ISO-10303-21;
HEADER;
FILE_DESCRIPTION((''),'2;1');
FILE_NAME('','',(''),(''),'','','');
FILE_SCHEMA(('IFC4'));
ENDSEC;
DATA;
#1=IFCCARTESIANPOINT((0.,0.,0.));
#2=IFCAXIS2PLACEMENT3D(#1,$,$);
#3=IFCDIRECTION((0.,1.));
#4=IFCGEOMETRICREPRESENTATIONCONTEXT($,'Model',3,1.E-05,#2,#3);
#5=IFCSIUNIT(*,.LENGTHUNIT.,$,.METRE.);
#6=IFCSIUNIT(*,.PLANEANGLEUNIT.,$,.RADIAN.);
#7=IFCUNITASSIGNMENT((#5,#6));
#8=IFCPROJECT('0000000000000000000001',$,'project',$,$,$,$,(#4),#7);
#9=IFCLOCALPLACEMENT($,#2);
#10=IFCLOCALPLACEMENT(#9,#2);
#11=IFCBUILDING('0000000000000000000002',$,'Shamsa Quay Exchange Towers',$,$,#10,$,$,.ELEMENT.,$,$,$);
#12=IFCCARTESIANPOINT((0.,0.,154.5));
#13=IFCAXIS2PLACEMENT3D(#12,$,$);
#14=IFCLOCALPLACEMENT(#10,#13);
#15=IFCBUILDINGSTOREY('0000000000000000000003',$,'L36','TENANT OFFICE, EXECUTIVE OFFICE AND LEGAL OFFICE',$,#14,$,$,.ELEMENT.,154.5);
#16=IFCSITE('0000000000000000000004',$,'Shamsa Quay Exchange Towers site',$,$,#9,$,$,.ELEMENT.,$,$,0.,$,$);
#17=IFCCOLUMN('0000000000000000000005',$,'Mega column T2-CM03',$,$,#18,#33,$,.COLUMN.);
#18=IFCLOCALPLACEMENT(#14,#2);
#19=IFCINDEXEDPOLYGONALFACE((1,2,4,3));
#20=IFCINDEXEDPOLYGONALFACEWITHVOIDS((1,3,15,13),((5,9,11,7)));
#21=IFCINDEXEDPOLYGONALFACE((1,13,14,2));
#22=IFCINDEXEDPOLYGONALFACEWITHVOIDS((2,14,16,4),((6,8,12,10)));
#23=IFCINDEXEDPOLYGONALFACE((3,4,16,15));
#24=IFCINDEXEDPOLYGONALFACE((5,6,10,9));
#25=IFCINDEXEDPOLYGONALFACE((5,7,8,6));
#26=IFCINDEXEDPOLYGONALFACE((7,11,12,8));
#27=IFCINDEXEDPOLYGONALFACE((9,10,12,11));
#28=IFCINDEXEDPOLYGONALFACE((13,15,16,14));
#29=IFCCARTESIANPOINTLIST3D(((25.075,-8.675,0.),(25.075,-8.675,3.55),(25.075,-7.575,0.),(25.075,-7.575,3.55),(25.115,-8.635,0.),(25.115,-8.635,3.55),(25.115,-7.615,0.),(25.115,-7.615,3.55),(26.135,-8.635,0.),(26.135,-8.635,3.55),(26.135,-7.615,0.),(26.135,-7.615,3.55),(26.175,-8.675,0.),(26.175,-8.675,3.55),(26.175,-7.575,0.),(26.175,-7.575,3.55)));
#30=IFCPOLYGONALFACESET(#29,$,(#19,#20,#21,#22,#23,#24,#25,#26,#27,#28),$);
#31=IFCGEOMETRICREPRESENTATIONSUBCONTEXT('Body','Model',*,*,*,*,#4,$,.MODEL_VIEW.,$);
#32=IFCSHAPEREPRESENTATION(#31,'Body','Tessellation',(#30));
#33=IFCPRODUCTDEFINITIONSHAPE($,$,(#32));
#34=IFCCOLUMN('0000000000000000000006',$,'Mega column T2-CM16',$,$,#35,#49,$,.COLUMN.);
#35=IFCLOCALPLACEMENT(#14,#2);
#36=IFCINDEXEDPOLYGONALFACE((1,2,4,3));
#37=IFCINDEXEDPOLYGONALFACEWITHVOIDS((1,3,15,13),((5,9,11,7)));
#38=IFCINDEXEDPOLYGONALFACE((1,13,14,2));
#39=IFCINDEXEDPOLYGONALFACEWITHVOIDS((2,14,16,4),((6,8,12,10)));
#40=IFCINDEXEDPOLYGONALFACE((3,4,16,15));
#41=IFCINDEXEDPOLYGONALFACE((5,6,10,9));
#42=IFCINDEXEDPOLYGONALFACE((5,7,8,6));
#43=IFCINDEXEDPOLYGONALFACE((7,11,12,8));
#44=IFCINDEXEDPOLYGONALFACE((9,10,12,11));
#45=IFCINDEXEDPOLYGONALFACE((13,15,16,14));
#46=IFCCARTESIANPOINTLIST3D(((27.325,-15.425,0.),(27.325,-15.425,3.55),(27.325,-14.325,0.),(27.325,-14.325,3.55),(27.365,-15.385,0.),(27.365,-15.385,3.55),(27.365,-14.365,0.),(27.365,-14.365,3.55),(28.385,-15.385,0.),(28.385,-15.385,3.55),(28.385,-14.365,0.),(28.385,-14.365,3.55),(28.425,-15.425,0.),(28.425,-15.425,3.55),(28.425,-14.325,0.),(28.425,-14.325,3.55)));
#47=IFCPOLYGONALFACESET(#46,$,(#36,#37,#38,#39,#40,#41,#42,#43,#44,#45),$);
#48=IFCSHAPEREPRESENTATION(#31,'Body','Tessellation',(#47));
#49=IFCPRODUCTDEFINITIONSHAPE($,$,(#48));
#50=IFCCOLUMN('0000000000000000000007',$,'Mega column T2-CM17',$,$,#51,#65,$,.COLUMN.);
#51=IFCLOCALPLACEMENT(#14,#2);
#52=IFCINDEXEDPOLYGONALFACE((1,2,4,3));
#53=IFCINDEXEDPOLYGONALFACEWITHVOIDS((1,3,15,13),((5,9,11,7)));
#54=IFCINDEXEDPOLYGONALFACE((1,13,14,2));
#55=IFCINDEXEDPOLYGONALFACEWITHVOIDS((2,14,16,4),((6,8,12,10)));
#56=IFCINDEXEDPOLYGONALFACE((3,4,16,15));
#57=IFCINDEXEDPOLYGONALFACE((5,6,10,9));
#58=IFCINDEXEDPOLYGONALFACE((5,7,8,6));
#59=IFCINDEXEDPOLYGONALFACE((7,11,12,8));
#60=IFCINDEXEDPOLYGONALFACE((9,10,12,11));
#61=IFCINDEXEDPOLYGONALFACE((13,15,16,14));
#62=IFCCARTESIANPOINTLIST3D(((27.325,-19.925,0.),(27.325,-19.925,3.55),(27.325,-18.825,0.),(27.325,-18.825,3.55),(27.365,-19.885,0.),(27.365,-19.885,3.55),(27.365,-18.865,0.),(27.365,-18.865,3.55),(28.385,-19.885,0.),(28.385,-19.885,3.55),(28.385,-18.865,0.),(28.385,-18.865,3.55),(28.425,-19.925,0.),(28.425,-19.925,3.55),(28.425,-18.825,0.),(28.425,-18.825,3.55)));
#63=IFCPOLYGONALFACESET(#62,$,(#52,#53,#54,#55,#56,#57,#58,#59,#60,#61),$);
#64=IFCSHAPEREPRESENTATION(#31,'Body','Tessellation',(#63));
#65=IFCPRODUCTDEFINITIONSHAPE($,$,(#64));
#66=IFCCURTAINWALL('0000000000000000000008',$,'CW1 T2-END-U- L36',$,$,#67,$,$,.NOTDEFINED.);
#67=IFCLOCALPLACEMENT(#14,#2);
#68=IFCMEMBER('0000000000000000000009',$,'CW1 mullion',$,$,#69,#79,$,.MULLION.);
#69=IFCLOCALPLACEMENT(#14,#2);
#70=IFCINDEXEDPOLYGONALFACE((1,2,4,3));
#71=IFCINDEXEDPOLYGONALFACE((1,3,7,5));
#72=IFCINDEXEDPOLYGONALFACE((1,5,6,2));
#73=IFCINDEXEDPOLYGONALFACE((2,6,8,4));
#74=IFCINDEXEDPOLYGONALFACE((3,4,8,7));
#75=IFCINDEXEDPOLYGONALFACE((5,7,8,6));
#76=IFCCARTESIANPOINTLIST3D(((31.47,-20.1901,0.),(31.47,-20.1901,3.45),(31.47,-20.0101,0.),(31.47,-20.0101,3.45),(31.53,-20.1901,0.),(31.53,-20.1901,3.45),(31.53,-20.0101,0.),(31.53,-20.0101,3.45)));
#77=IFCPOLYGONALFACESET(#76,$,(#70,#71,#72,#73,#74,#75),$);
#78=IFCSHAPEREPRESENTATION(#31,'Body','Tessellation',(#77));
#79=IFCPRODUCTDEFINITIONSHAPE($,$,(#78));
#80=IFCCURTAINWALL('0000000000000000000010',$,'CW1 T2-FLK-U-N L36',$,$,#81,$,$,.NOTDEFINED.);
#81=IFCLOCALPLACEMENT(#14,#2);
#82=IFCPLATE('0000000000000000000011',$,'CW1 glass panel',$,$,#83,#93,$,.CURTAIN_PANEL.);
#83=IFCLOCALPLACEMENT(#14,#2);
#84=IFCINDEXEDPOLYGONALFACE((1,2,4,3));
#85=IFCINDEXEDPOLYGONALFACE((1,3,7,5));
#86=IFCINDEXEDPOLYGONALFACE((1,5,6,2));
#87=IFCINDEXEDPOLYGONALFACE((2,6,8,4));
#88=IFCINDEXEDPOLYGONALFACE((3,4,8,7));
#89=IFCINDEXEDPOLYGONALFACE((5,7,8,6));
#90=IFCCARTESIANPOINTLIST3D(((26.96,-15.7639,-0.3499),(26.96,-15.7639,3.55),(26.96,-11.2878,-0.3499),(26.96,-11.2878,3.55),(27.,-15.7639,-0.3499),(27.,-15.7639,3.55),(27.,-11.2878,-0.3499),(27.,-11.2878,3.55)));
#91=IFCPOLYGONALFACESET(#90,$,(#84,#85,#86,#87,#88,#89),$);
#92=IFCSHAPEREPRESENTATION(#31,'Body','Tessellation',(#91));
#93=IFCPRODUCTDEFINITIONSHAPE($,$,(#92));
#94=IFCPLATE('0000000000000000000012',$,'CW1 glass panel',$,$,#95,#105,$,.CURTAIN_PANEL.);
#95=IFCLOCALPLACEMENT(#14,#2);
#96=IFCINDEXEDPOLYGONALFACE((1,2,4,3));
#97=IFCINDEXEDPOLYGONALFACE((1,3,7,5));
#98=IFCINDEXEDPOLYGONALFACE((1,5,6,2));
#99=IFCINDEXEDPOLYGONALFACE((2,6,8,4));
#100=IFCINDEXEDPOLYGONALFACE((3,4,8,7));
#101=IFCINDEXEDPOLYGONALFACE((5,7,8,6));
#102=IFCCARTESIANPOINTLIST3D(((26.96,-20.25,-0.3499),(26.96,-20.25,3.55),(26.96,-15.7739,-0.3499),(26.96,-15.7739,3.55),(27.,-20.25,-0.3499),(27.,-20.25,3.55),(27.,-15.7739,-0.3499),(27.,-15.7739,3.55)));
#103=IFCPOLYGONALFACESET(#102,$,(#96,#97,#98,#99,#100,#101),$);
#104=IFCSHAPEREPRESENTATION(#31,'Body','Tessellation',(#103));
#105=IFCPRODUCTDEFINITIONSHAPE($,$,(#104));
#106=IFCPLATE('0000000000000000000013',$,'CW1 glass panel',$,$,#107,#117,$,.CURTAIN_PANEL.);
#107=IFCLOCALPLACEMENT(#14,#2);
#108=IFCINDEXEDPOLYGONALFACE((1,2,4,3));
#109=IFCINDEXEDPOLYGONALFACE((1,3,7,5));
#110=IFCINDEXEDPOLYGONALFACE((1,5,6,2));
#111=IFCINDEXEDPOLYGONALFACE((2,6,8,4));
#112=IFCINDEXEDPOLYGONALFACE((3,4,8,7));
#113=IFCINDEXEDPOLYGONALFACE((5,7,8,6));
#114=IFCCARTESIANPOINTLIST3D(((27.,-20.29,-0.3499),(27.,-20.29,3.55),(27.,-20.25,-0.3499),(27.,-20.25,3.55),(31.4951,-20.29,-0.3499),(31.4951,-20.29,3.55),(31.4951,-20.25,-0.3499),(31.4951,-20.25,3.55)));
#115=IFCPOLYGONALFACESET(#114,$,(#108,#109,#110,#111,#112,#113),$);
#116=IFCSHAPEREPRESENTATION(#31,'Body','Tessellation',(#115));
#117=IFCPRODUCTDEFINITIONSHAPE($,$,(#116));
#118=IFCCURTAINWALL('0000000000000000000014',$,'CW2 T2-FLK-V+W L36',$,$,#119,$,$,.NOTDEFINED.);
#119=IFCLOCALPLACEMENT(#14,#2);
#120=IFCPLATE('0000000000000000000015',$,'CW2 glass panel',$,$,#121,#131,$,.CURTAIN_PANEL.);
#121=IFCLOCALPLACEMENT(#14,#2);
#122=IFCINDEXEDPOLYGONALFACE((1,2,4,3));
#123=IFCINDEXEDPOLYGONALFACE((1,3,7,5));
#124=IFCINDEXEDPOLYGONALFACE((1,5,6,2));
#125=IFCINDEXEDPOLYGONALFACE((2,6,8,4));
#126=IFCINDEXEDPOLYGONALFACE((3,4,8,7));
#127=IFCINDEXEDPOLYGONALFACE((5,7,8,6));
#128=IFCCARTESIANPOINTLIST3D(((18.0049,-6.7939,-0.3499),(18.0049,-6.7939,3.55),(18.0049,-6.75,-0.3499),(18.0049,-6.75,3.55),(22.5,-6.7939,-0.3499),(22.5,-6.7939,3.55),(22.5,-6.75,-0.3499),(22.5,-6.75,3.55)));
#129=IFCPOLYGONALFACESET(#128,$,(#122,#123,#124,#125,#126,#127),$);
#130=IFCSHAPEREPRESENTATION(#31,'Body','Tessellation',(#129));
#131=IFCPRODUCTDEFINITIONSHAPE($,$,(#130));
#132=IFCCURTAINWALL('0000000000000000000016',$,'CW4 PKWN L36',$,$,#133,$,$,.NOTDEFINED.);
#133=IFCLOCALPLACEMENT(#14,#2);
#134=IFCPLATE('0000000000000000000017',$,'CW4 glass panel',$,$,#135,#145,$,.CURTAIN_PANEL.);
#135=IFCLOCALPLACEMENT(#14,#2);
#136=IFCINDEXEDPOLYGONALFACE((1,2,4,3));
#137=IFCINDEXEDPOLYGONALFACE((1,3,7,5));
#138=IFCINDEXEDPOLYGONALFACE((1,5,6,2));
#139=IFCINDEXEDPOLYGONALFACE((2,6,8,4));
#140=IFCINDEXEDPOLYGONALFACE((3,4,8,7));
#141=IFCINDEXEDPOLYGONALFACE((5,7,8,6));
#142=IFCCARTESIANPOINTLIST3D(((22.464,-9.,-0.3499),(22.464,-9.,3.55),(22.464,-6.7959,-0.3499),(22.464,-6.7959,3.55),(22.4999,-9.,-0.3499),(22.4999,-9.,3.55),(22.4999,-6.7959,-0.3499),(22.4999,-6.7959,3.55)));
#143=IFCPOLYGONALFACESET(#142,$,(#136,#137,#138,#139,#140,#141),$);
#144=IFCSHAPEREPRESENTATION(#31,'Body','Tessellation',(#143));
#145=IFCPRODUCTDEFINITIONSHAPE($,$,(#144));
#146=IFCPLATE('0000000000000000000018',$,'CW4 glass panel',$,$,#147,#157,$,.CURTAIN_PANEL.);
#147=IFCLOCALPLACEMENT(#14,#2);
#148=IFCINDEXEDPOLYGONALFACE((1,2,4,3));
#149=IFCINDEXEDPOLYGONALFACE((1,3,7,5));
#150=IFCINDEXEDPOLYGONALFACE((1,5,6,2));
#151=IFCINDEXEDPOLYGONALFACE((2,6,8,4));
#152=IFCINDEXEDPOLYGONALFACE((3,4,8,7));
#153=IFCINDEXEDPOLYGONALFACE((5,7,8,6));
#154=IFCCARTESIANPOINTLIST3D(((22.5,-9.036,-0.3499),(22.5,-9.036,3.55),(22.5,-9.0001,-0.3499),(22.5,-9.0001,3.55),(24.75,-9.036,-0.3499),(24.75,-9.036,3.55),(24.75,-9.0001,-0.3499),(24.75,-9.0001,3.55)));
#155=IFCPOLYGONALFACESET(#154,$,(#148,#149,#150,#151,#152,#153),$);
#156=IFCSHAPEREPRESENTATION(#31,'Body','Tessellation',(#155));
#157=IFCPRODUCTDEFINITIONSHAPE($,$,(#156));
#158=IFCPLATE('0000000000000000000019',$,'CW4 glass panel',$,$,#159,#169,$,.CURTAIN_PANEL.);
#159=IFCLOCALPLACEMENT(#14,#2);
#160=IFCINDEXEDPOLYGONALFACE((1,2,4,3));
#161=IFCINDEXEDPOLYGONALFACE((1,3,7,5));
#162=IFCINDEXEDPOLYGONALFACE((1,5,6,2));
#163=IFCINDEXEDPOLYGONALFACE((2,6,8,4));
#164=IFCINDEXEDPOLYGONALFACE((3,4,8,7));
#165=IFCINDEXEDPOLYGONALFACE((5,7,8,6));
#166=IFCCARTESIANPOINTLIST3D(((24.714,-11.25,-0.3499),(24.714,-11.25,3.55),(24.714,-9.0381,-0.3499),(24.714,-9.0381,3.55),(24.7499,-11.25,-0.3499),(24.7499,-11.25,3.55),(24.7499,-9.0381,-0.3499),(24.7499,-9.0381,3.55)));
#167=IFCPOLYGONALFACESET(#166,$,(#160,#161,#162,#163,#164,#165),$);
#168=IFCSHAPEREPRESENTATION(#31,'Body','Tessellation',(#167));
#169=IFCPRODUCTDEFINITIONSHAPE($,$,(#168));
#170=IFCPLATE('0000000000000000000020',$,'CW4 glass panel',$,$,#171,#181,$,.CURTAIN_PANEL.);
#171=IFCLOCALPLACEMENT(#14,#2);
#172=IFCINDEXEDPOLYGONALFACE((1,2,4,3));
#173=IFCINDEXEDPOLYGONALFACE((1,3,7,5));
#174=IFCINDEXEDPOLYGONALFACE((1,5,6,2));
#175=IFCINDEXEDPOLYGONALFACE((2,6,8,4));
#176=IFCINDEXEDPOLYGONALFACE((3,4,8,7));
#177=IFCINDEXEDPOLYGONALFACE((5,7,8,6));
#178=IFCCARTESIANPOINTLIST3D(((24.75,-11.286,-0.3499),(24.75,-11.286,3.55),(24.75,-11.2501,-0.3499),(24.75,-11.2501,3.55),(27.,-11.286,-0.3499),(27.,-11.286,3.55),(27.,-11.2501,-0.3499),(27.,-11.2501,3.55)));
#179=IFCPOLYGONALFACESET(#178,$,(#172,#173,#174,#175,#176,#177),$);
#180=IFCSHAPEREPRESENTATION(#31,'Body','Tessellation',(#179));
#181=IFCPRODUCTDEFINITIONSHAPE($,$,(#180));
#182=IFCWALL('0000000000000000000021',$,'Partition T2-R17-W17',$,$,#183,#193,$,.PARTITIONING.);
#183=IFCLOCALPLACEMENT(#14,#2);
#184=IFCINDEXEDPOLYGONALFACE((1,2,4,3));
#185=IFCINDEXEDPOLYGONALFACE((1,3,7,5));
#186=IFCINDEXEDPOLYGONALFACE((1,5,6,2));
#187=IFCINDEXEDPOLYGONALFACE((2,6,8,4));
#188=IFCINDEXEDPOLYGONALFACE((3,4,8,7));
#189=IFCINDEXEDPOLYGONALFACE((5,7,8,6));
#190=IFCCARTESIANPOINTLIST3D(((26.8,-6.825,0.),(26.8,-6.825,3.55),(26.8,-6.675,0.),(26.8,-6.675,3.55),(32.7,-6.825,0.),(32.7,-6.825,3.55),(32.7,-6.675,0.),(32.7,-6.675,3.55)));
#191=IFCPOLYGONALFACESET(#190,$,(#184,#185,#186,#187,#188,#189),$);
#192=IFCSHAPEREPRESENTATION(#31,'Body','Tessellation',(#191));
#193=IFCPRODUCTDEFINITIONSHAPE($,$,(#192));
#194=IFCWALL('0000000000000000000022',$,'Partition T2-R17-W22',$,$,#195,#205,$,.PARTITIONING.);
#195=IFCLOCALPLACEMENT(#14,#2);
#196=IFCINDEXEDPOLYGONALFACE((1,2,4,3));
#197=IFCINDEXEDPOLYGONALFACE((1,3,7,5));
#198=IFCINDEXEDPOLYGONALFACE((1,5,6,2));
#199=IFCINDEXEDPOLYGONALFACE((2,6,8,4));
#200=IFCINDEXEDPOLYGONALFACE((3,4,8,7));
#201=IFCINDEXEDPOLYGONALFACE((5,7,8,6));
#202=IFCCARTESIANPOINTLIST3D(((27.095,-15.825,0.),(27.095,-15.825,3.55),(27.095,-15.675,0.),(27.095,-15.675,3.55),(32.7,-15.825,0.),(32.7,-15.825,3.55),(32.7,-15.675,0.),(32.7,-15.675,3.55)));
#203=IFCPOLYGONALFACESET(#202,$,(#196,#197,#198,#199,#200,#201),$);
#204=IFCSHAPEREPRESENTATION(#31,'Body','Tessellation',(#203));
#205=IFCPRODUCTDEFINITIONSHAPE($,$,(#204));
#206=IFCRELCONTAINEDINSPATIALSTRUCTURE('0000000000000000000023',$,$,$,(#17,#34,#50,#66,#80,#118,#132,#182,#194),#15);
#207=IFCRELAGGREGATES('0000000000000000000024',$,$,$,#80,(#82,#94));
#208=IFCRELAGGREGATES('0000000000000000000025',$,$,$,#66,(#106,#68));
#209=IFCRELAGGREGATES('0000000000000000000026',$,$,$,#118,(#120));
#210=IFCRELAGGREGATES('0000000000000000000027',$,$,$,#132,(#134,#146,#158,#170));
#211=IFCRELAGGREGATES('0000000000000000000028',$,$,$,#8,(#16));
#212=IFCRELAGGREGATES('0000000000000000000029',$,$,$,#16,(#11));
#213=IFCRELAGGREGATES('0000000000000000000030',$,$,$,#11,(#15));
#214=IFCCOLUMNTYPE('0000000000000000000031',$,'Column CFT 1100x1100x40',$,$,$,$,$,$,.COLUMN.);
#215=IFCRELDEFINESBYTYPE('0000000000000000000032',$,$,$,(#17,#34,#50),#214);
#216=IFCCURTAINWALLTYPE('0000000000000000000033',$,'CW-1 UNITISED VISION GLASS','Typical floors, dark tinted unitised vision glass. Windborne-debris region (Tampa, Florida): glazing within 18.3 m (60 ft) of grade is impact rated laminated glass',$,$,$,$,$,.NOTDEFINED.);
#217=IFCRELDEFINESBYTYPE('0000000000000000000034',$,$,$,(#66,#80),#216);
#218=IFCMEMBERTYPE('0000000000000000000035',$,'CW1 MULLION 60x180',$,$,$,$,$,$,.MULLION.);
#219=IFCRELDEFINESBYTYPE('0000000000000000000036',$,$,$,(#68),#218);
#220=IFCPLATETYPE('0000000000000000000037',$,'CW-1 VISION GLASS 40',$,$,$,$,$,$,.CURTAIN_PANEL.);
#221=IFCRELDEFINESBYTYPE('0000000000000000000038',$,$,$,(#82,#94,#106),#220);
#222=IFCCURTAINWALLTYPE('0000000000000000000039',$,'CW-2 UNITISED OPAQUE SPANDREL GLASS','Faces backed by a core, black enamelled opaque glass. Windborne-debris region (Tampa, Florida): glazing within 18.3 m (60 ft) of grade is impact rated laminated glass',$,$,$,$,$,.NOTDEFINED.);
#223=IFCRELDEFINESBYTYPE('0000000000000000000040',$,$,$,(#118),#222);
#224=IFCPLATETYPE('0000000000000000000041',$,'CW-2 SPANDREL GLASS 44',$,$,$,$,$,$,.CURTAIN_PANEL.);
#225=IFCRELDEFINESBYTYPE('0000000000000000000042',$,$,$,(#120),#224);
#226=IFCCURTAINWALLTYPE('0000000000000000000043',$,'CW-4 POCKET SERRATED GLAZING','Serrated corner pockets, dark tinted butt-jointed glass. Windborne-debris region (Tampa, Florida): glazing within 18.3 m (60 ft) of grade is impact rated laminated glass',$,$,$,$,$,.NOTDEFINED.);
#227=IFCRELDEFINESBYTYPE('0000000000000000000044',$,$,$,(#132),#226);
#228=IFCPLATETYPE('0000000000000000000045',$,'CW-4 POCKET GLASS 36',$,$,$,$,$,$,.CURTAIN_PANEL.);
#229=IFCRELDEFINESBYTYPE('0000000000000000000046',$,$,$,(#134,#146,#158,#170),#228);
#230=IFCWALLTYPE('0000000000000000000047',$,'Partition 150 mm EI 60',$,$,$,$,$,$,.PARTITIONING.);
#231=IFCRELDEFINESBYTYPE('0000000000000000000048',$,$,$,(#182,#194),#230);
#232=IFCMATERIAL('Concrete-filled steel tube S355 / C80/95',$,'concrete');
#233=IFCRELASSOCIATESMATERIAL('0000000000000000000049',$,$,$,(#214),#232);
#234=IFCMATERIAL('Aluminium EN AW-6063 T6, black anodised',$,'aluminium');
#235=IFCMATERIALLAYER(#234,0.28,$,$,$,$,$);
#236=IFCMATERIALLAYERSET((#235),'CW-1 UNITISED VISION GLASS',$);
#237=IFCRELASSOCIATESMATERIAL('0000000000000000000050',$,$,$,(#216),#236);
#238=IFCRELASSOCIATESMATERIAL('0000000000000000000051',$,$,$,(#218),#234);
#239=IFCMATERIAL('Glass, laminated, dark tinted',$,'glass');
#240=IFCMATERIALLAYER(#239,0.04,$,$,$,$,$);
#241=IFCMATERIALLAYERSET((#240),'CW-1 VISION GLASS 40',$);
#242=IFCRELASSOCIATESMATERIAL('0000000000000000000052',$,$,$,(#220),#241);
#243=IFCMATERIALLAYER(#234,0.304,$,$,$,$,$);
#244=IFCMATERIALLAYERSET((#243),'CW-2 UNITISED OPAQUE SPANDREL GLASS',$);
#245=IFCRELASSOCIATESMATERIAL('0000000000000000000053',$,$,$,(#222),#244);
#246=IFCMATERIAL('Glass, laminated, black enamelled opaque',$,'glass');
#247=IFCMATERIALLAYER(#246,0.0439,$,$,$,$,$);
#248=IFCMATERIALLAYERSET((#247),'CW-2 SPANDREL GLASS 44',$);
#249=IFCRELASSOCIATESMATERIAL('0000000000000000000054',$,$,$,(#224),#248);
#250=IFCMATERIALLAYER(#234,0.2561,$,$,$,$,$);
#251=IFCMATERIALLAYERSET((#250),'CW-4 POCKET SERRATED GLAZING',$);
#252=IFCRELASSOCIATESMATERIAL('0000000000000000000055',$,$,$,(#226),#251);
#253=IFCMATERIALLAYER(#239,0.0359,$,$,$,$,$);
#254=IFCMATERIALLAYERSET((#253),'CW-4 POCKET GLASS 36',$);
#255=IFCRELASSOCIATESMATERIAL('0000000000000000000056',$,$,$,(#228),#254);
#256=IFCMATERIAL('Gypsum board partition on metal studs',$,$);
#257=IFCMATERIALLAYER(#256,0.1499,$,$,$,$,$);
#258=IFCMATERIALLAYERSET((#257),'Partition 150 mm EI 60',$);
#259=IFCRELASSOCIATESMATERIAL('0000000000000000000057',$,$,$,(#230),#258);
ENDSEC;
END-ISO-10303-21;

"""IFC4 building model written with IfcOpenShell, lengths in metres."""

from ifc_helpers import new_model, si_unit, direction, frame, frame_2d, origin, origin_2d, place, context, subcontext, project, spatial, rectangle, hollow_rectangle, extrude, material, layer, layer_set, material_profile, profile_set, type_object, element, aggregate, save


model = new_model("IFC4")

# Units and contexts
model_context = context("Model", 3, precision=1e-05, world=origin(), true_north=direction((0.0, 1.0)))
body_context = subcontext(model_context, "Body", "Model", "MODEL_VIEW")
ifc_project = project(units=[si_unit("LENGTHUNIT", "METRE"), si_unit("PLANEANGLEUNIT", "RADIAN")], contexts=[model_context])

# Site, building, storey
site_placement = place(None, origin())
site = spatial("IfcSite", under=ifc_project, at=site_placement, Name="Shamsa Quay Exchange Towers site", CompositionType="ELEMENT", RefElevation=0.0)
building_placement = place(site_placement, origin())
building = spatial("IfcBuilding", under=site, at=building_placement, Name="Shamsa Quay Exchange Towers", CompositionType="ELEMENT")
storey_placement = place(building_placement, frame((0.0, 0.0, 154.5)))
storey = spatial("IfcBuildingStorey", under=building, at=storey_placement, Name="L36", Description="TENANT OFFICE, EXECUTIVE OFFICE AND LEGAL OFFICE", CompositionType="ELEMENT", Elevation=154.5)

# Columns
ifc_material_1 = material(Name="Concrete-filled steel tube S355 / C80/95", Category="concrete")
ifc_material_profile_1 = material_profile(ifc_material_1, hollow_rectangle(XDim=1.1001, YDim=1.1001, WallThickness=0.04, at=origin_2d()), Name="CFT 1100x1100x40")
ifc_profile_set_1 = profile_set([ifc_material_profile_1], Name="Concrete-filled steel tube S355 / C80/95")
column_type = type_object("IfcColumnType", Name="Column CFT 1100x1100x40", PredefinedType="COLUMN", material=ifc_profile_set_1)
for number, where, name in (
    (1, (25.625, -8.125, 0.0), "Mega column T2-CM03"),
    (2, (27.875, -14.875, 0.0), "Mega column T2-CM16"),
    (3, (27.875, -19.375, 0.0), "Mega column T2-CM17"),
):
    element("IfcColumn", number, at=place(storey_placement, frame(where)), inside=storey, type_object=column_type, Name=name, PredefinedType="COLUMN", context=body_context, shape_type="SweptSolid", body=[
        extrude(hollow_rectangle(XDim=1.1001, YDim=1.1001, WallThickness=0.04, at=origin_2d()), origin(), (0.0, 0.0, 1.0), 3.55),
    ])

# Curtain wall, member
ifc_material_2 = material(Name="Aluminium EN AW-6063 T6, black anodised", Category="aluminium")
ifc_layer_1 = layer(ifc_material_2, 0.28)
ifc_layer_set_1 = layer_set([ifc_layer_1], Name="CW-1 UNITISED VISION GLASS")
curtain_wall_type_1 = type_object("IfcCurtainWallType", Name="CW-1 UNITISED VISION GLASS", Description="Typical floors, dark tinted unitised vision glass. Windborne-debris region (Tampa, Florida): glazing within 18.3 m (60 ft) of grade is impact rated laminated glass", PredefinedType="NOTDEFINED", material=ifc_layer_set_1)
curtain_wall_1_placement = place(storey_placement, origin())
curtain_wall_1 = element("IfcCurtainWall", 4, at=curtain_wall_1_placement, inside=storey, type_object=curtain_wall_type_1, Name="CW1 T2-END-U- L36", PredefinedType="NOTDEFINED")
ifc_material_profile_2 = material_profile(ifc_material_2, rectangle(XDim=0.1799, YDim=0.0601, at=origin_2d()), Name="MU60x180")
ifc_profile_set_2 = profile_set([ifc_material_profile_2], Name="Aluminium EN AW-6063 T6, black anodised")
member_type = type_object("IfcMemberType", Name="CW1 MULLION 60x180", PredefinedType="MULLION", material=ifc_profile_set_2)
member_placement = place(storey_placement, frame((31.5, -20.1001, 0.0), z_axis=(0.0, 0.0, 1.0), x_axis=(0.0, 1.0, 0.0)))
member = element("IfcMember", 5, at=member_placement, type_object=member_type, Name="CW1 mullion", PredefinedType="MULLION", context=body_context, shape_type="SweptSolid", body=[
    extrude(rectangle(XDim=0.1799, YDim=0.0601, at=origin_2d()), origin(), (0.0, 0.0, 1.0), 3.45),
])

# Curtain wall, plates
curtain_wall_2_placement = place(storey_placement, origin())
curtain_wall_2 = element("IfcCurtainWall", 6, at=curtain_wall_2_placement, inside=storey, type_object=curtain_wall_type_1, Name="CW1 T2-FLK-U-N L36", PredefinedType="NOTDEFINED")
ifc_material_3 = material(Name="Glass, laminated, dark tinted", Category="glass")
ifc_layer_2 = layer(ifc_material_3, 0.04)
ifc_layer_set_2 = layer_set([ifc_layer_2], Name="CW-1 VISION GLASS 40")
plate_type_1 = type_object("IfcPlateType", Name="CW-1 VISION GLASS 40", PredefinedType="CURTAIN_PANEL", material=ifc_layer_set_2)
plate_1_placement = place(storey_placement, frame((26.98, -13.5259, -0.3499), z_axis=(0.0, 0.0, 1.0), x_axis=(0.0, -1.0, 0.0)))
plate_1 = element("IfcPlate", 7, at=plate_1_placement, type_object=plate_type_1, Name="CW1 glass panel", PredefinedType="CURTAIN_PANEL", context=body_context, shape_type="SweptSolid", body=[
    extrude(rectangle(XDim=4.4761, YDim=0.04, at=origin_2d()), origin(), (0.0, 0.0, 1.0), 3.8999),
])
plate_2_placement = place(storey_placement, frame((26.98, -18.012, -0.3499), z_axis=(0.0, 0.0, 1.0), x_axis=(0.0, -1.0, 0.0)))
plate_2 = element("IfcPlate", 8, at=plate_2_placement, type_object=plate_type_1, Name="CW1 glass panel", PredefinedType="CURTAIN_PANEL", context=body_context, shape_type="SweptSolid", body=[
    extrude(rectangle(XDim=4.4761, YDim=0.04, at=origin_2d()), origin(), (0.0, 0.0, 1.0), 3.8999),
])
aggregate(curtain_wall_2, [plate_1, plate_2])

# Plate
plate_3_placement = place(storey_placement, frame((29.2476, -20.27, -0.3499)))
plate_3 = element("IfcPlate", 9, at=plate_3_placement, type_object=plate_type_1, Name="CW1 glass panel", PredefinedType="CURTAIN_PANEL", context=body_context, shape_type="SweptSolid", body=[
    extrude(rectangle(XDim=4.4951, YDim=0.04, at=origin_2d()), origin(), (0.0, 0.0, 1.0), 3.8999),
])
aggregate(curtain_wall_1, [plate_3, member])

# Curtain wall, plate
ifc_layer_3 = layer(ifc_material_2, 0.304)
ifc_layer_set_3 = layer_set([ifc_layer_3], Name="CW-2 UNITISED OPAQUE SPANDREL GLASS")
curtain_wall_type_2 = type_object("IfcCurtainWallType", Name="CW-2 UNITISED OPAQUE SPANDREL GLASS", Description="Faces backed by a core, black enamelled opaque glass. Windborne-debris region (Tampa, Florida): glazing within 18.3 m (60 ft) of grade is impact rated laminated glass", PredefinedType="NOTDEFINED", material=ifc_layer_set_3)
curtain_wall_3_placement = place(storey_placement, origin())
curtain_wall_3 = element("IfcCurtainWall", 10, at=curtain_wall_3_placement, inside=storey, type_object=curtain_wall_type_2, Name="CW2 T2-FLK-V+W L36", PredefinedType="NOTDEFINED")
ifc_material_4 = material(Name="Glass, laminated, black enamelled opaque", Category="glass")
ifc_layer_4 = layer(ifc_material_4, 0.0439)
ifc_layer_set_4 = layer_set([ifc_layer_4], Name="CW-2 SPANDREL GLASS 44")
plate_type_2 = type_object("IfcPlateType", Name="CW-2 SPANDREL GLASS 44", PredefinedType="CURTAIN_PANEL", material=ifc_layer_set_4)
plate_4_placement = place(storey_placement, frame((20.2524, -6.772, -0.3499)))
plate_4 = element("IfcPlate", 11, at=plate_4_placement, type_object=plate_type_2, Name="CW2 glass panel", PredefinedType="CURTAIN_PANEL", context=body_context, shape_type="SweptSolid", body=[
    extrude(rectangle(XDim=4.4951, YDim=0.0439, at=origin_2d()), origin(), (0.0, 0.0, 1.0), 3.8999),
])
aggregate(curtain_wall_3, [plate_4])

# Curtain wall, plates
ifc_layer_5 = layer(ifc_material_2, 0.2561)
ifc_layer_set_5 = layer_set([ifc_layer_5], Name="CW-4 POCKET SERRATED GLAZING")
curtain_wall_type_3 = type_object("IfcCurtainWallType", Name="CW-4 POCKET SERRATED GLAZING", Description="Serrated corner pockets, dark tinted butt-jointed glass. Windborne-debris region (Tampa, Florida): glazing within 18.3 m (60 ft) of grade is impact rated laminated glass", PredefinedType="NOTDEFINED", material=ifc_layer_set_5)
curtain_wall_4_placement = place(storey_placement, origin())
curtain_wall_4 = element("IfcCurtainWall", 12, at=curtain_wall_4_placement, inside=storey, type_object=curtain_wall_type_3, Name="CW4 PKWN L36", PredefinedType="NOTDEFINED")
ifc_layer_6 = layer(ifc_material_3, 0.0359)
ifc_layer_set_6 = layer_set([ifc_layer_6], Name="CW-4 POCKET GLASS 36")
plate_type_3 = type_object("IfcPlateType", Name="CW-4 POCKET GLASS 36", PredefinedType="CURTAIN_PANEL", material=ifc_layer_set_6)
plate_5_placement = place(storey_placement, frame((22.4819, -7.8979, -0.3499), z_axis=(0.0, 0.0, 1.0), x_axis=(0.0, -1.0, 0.0)))
plate_5 = element("IfcPlate", 13, at=plate_5_placement, type_object=plate_type_3, Name="CW4 glass panel", PredefinedType="CURTAIN_PANEL", context=body_context, shape_type="SweptSolid", body=[
    extrude(rectangle(XDim=2.2041, YDim=0.0359, at=origin_2d()), origin(), (0.0, 0.0, 1.0), 3.8999),
])
plate_6_placement = place(storey_placement, frame((23.625, -9.0181, -0.3499)))
plate_6 = element("IfcPlate", 14, at=plate_6_placement, type_object=plate_type_3, Name="CW4 glass panel", PredefinedType="CURTAIN_PANEL", context=body_context, shape_type="SweptSolid", body=[
    extrude(rectangle(XDim=2.25, YDim=0.0359, at=origin_2d()), origin(), (0.0, 0.0, 1.0), 3.8999),
])
plate_7_placement = place(storey_placement, frame((24.7319, -10.144, -0.3499), z_axis=(0.0, 0.0, 1.0), x_axis=(0.0, -1.0, 0.0)))
plate_7 = element("IfcPlate", 15, at=plate_7_placement, type_object=plate_type_3, Name="CW4 glass panel", PredefinedType="CURTAIN_PANEL", context=body_context, shape_type="SweptSolid", body=[
    extrude(rectangle(XDim=2.2119, YDim=0.0359, at=origin_2d()), origin(), (0.0, 0.0, 1.0), 3.8999),
])
plate_8_placement = place(storey_placement, frame((25.875, -11.2681, -0.3499)))
plate_8 = element("IfcPlate", 16, at=plate_8_placement, type_object=plate_type_3, Name="CW4 glass panel", PredefinedType="CURTAIN_PANEL", context=body_context, shape_type="SweptSolid", body=[
    extrude(rectangle(XDim=2.25, YDim=0.0359, at=origin_2d()), origin(), (0.0, 0.0, 1.0), 3.8999),
])
aggregate(curtain_wall_4, [plate_5, plate_6, plate_7, plate_8])

# Walls
ifc_material_5 = material(Name="Gypsum board partition on metal studs")
ifc_layer_7 = layer(ifc_material_5, 0.1499)
ifc_layer_set_7 = layer_set([ifc_layer_7], Name="Partition 150 mm EI 60")
wall_type_1 = type_object("IfcWallType", Name="Partition 150 mm EI 60", PredefinedType="PARTITIONING", material=ifc_layer_set_7)
wall_1_placement = place(storey_placement, frame((26.8, -6.75, 0.0)))
element("IfcWall", 17, at=wall_1_placement, inside=storey, type_object=wall_type_1, Name="Partition T2-R17-W17", PredefinedType="PARTITIONING", context=body_context, shape_type="SweptSolid", body=[
    extrude(rectangle(XDim=5.8999, YDim=0.1499, at=frame_2d((2.95, 0.0))), origin(), (0.0, 0.0, 1.0), 3.55),
])
wall_2_placement = place(storey_placement, frame((27.095, -15.75, 0.0)))
element("IfcWall", 18, at=wall_2_placement, inside=storey, type_object=wall_type_1, Name="Partition T2-R17-W22", PredefinedType="PARTITIONING", context=body_context, shape_type="SweptSolid", body=[
    extrude(rectangle(XDim=5.605, YDim=0.1499, at=frame_2d((2.8025, 0.0))), origin(), (0.0, 0.0, 1.0), 3.55),
])

save(model, "model.ifc")
